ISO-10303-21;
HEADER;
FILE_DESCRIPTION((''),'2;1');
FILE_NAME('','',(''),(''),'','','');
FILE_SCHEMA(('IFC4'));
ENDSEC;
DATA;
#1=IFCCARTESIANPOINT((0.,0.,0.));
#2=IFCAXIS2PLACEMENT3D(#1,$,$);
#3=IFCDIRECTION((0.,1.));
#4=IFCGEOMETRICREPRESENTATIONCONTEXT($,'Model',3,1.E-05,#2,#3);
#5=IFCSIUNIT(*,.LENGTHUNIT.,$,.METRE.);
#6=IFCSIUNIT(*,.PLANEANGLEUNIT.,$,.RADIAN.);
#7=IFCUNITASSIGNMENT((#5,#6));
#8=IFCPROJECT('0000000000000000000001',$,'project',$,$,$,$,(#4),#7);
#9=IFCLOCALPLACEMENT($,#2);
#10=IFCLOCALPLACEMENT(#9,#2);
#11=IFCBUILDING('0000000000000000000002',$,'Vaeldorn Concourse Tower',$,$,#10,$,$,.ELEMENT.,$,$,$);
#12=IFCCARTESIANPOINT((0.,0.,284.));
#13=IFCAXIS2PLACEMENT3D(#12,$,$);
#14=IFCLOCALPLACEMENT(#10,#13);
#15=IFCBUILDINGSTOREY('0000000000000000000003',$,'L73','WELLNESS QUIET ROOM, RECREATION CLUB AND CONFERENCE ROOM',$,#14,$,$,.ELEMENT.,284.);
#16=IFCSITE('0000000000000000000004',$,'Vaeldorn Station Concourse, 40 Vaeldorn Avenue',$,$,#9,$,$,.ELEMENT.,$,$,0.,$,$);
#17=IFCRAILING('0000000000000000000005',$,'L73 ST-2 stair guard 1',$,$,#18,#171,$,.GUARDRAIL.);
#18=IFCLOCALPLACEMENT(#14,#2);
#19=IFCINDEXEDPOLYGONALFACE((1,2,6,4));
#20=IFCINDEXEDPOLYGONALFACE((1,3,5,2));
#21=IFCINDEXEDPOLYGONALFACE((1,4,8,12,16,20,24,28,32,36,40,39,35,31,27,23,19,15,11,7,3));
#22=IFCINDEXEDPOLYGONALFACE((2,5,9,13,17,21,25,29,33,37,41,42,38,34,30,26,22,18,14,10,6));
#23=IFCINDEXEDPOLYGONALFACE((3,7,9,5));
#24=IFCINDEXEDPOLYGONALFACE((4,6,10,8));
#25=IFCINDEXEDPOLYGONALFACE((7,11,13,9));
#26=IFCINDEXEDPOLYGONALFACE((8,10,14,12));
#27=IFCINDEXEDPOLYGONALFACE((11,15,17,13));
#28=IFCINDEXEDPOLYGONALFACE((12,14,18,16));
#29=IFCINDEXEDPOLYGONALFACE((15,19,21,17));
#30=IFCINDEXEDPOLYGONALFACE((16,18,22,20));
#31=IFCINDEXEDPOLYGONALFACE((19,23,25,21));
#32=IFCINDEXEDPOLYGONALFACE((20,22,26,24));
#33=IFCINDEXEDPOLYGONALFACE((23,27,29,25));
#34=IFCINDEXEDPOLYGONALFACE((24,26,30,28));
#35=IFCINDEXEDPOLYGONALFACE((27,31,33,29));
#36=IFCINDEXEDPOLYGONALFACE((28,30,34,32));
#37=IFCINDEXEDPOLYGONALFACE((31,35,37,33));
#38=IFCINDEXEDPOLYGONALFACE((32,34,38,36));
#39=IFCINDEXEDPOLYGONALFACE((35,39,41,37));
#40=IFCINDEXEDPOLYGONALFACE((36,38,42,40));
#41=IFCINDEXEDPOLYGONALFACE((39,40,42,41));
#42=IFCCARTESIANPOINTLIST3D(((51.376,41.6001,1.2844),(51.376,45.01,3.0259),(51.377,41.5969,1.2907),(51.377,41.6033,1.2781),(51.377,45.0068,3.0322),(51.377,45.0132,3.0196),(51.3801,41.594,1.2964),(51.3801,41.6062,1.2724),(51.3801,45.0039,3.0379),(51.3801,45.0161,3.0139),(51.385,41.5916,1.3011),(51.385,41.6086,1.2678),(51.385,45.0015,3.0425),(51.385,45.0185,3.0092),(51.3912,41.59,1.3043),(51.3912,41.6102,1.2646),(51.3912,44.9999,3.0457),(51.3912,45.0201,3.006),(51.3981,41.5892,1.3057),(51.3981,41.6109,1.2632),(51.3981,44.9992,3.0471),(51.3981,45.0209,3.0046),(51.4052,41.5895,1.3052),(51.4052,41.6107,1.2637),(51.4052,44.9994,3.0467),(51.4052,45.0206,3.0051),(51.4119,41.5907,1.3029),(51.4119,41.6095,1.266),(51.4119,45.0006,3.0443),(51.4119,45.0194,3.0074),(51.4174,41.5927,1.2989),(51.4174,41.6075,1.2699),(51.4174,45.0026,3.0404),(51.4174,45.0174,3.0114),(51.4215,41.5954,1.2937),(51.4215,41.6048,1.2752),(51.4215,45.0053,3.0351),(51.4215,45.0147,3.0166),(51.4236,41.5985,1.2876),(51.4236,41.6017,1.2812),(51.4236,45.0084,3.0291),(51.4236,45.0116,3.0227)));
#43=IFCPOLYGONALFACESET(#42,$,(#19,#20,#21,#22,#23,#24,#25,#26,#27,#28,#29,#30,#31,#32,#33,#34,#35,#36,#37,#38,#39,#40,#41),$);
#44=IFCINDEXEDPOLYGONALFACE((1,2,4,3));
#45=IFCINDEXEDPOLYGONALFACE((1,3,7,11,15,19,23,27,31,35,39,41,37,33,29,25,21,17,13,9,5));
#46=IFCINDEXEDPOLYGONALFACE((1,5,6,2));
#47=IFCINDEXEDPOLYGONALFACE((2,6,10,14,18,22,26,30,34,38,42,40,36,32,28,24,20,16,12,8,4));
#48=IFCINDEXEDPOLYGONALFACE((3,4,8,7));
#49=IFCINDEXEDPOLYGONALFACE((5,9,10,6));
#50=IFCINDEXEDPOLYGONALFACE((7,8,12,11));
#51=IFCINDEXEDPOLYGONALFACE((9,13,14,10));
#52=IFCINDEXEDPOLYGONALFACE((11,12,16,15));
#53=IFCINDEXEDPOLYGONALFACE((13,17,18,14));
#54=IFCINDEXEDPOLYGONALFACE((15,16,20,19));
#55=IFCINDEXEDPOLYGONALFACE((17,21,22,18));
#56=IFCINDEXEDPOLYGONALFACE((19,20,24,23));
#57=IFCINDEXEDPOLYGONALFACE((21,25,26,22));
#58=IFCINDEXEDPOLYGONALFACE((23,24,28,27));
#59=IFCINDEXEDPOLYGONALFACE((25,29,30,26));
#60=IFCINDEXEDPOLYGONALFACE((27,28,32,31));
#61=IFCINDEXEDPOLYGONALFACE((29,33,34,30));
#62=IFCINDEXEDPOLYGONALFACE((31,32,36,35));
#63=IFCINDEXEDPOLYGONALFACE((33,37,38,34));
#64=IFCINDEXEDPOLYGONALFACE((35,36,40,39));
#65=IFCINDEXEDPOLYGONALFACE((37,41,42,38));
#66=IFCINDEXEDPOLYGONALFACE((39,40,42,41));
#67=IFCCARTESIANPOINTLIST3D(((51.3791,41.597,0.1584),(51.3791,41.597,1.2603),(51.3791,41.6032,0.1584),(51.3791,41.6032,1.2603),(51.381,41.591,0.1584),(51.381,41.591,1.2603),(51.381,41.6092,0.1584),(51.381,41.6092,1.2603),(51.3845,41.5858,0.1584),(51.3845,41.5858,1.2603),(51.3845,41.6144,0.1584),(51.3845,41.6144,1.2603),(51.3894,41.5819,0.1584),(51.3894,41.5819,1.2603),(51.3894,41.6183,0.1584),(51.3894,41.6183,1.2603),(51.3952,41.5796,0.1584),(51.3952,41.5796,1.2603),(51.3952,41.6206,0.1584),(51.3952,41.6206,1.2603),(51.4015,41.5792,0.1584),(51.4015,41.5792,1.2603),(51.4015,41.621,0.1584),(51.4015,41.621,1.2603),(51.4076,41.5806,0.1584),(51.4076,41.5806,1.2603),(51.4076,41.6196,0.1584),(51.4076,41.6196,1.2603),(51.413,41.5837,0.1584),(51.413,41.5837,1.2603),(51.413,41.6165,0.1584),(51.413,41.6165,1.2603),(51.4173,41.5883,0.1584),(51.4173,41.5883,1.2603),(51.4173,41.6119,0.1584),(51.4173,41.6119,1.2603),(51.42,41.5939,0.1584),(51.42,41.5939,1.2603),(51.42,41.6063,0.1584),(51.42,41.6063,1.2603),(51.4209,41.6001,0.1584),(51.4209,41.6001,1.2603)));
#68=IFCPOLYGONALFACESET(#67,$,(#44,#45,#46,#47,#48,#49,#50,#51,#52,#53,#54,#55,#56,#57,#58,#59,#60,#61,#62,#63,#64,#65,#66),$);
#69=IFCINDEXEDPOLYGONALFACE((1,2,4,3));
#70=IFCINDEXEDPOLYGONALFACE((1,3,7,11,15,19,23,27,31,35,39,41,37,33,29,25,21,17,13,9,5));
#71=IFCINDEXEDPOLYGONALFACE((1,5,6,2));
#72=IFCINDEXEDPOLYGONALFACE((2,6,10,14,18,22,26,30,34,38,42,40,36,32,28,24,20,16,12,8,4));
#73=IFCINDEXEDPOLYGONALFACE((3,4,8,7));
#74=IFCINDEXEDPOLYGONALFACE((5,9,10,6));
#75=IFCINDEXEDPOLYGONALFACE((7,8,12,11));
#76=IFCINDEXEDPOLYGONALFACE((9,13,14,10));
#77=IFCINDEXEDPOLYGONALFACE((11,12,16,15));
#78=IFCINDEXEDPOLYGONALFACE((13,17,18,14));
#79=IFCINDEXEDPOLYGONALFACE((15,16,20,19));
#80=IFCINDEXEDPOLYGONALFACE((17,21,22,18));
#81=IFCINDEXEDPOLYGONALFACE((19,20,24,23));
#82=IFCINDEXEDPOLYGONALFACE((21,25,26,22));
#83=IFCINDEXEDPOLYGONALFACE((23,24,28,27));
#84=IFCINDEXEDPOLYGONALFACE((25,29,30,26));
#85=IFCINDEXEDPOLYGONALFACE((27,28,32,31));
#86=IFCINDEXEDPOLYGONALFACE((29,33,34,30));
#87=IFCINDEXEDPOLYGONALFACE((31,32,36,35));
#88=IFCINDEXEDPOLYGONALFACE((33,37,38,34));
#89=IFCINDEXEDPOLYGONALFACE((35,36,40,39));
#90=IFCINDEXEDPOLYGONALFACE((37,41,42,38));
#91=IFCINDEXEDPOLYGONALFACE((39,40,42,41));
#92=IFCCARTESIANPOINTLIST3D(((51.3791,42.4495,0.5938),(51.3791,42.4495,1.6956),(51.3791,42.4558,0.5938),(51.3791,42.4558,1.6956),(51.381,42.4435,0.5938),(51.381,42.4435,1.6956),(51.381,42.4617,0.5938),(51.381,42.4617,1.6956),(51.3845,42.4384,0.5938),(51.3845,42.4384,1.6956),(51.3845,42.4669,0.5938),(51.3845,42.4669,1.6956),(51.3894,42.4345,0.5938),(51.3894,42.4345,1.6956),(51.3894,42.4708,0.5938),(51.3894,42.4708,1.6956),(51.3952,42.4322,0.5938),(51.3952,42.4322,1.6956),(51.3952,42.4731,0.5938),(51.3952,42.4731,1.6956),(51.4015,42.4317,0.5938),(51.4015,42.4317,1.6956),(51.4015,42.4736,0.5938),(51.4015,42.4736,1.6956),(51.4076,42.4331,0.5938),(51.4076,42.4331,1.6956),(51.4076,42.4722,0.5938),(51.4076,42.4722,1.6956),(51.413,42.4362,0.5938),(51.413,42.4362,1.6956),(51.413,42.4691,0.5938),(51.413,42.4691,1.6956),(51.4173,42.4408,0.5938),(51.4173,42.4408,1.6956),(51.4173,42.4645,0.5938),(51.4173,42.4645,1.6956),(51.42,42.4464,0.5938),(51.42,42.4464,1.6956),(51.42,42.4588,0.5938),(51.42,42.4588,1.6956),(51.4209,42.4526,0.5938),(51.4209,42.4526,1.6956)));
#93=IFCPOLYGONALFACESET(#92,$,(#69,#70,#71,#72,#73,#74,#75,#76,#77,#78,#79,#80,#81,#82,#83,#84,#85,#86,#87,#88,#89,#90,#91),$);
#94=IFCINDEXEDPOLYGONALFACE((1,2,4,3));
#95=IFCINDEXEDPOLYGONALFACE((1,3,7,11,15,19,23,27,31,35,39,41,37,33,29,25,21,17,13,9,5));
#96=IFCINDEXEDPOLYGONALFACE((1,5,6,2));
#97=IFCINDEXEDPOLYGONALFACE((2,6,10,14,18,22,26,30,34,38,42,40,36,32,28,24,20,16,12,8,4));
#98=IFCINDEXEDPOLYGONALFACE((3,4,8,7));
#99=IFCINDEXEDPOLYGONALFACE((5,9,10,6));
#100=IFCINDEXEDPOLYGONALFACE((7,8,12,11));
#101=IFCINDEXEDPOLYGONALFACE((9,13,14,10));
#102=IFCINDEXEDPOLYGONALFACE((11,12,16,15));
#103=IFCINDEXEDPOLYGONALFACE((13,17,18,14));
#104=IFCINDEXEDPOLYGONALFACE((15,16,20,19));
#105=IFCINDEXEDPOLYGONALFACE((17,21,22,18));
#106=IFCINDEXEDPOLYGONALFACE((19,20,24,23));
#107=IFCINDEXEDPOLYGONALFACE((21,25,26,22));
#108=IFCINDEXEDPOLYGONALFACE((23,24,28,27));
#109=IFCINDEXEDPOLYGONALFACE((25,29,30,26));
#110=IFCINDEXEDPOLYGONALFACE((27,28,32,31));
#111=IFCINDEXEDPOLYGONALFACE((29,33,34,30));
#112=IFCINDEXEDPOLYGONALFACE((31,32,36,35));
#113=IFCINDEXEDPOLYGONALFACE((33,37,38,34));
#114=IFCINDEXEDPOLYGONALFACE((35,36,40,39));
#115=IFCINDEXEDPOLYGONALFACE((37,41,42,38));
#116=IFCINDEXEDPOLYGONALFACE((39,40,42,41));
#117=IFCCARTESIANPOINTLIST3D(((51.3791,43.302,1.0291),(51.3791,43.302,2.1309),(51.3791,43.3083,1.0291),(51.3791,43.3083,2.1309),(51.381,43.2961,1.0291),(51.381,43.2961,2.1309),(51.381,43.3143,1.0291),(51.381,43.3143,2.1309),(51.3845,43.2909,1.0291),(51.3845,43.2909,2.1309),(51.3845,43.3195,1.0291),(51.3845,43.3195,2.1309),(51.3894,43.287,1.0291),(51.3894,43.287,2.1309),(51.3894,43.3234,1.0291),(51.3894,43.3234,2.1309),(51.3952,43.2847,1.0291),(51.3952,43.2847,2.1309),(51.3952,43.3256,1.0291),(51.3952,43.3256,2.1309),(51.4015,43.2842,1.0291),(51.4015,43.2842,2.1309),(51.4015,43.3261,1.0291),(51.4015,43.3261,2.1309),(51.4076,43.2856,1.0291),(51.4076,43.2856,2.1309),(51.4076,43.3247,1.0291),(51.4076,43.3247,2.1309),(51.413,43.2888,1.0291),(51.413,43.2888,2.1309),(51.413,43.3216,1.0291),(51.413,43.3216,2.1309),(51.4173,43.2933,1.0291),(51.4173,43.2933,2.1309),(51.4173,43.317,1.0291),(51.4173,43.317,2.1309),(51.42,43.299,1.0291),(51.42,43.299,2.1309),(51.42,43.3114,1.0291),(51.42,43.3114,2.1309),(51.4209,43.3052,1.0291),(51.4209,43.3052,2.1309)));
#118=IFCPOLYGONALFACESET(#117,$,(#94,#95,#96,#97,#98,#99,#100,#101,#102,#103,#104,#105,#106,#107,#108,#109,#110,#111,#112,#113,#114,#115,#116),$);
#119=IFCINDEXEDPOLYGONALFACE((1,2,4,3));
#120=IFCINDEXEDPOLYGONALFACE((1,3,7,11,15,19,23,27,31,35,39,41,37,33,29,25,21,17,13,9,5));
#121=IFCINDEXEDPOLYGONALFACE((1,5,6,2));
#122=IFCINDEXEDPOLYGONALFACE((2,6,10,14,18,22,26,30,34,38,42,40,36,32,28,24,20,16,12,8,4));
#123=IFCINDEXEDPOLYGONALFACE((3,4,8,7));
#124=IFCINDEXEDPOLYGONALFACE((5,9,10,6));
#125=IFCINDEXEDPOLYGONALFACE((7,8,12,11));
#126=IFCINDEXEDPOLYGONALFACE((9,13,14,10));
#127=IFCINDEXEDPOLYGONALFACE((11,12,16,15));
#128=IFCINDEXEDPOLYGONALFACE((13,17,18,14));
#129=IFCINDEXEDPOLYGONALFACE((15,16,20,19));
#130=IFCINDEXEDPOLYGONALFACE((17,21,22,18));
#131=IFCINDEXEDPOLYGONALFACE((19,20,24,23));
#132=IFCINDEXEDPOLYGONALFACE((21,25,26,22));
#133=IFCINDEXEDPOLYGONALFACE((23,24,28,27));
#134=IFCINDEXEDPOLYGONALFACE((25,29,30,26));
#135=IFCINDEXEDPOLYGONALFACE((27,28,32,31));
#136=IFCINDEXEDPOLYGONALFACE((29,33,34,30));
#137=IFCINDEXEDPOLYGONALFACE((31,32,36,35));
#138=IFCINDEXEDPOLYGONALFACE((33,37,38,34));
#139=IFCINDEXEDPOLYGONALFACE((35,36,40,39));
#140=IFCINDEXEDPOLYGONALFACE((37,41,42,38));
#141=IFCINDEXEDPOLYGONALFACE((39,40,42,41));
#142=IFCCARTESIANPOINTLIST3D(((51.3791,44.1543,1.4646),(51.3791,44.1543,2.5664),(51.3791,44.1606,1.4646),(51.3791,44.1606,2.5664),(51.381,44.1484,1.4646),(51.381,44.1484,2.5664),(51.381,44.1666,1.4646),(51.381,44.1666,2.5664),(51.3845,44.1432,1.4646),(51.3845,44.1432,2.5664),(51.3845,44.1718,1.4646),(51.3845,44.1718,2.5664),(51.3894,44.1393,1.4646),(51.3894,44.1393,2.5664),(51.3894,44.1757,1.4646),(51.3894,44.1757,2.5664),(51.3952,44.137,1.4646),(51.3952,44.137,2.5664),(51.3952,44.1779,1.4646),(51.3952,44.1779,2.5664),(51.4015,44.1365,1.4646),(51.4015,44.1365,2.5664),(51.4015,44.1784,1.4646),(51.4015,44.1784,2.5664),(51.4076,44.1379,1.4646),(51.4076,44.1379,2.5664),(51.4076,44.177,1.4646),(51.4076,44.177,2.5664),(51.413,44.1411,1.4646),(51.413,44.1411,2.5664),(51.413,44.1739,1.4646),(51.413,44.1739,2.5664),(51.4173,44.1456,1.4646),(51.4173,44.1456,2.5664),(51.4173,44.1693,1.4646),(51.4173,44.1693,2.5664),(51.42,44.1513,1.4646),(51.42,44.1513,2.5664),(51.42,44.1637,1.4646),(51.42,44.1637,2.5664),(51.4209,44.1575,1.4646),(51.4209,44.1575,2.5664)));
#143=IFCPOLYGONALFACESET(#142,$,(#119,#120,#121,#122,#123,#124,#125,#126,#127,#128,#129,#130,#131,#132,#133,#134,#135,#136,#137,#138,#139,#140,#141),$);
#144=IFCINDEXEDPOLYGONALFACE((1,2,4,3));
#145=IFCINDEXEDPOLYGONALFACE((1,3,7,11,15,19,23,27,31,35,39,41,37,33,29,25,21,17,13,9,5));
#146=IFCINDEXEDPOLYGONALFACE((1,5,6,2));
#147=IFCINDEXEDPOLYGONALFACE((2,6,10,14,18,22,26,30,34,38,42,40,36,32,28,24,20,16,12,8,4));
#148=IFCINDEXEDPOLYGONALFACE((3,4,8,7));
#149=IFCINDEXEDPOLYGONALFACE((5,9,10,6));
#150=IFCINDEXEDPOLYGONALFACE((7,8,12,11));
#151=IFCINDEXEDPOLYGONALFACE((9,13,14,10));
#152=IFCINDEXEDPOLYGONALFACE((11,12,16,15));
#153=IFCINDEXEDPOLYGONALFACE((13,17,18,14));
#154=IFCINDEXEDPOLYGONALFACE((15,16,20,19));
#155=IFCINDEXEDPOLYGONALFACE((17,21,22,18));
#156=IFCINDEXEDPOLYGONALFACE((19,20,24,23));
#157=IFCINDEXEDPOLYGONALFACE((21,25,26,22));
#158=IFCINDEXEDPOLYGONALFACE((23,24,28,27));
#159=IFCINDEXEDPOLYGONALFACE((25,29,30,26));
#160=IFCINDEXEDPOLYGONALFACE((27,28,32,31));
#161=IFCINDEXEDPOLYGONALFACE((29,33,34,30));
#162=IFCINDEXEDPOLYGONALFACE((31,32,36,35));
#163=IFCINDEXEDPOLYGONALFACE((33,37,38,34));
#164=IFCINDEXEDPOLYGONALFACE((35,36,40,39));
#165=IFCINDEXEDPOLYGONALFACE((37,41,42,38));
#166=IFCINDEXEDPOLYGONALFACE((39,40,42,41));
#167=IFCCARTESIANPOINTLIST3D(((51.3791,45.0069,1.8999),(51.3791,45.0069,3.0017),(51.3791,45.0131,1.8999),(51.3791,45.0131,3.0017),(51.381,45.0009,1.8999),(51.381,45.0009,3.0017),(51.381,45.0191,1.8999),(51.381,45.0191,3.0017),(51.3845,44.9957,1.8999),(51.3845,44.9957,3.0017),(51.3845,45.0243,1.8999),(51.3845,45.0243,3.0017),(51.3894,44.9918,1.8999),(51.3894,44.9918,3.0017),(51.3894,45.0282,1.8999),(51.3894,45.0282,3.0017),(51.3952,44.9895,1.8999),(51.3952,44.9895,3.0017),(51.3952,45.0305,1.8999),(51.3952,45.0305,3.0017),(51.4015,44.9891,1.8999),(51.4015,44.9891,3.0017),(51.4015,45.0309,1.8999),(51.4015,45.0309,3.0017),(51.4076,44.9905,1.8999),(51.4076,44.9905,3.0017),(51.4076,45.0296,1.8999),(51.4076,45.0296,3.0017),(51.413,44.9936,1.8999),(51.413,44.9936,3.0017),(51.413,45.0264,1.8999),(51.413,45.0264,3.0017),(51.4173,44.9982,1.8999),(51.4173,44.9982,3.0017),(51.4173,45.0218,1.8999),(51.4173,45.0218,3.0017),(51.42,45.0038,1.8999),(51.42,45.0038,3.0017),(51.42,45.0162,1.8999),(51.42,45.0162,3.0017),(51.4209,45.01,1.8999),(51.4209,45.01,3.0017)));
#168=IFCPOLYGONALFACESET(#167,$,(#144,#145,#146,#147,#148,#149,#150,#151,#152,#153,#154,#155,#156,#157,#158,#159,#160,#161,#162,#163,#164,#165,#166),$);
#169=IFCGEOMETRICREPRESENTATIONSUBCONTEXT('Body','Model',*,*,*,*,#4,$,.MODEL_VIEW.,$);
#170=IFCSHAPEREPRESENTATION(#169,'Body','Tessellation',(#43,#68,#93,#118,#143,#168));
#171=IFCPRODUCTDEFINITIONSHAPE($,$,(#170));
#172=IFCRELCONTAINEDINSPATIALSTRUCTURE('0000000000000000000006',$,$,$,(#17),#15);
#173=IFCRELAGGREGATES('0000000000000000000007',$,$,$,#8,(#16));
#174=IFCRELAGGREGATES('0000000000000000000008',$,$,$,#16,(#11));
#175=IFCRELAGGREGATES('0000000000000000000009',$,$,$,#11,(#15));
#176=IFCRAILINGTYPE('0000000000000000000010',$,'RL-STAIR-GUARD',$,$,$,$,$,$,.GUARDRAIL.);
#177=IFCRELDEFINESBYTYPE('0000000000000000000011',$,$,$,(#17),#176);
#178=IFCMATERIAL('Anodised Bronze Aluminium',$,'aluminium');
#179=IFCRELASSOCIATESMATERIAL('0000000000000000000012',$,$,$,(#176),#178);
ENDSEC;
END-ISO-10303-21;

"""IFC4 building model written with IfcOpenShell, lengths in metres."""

from ifc_helpers import new_model, si_unit, direction, frame, origin, origin_2d, place, context, subcontext, project, spatial, circle, extrude, material, type_object, element, save


model = new_model("IFC4")

# Units and contexts
model_context = context("Model", 3, precision=1e-05, world=origin(), true_north=direction((0.0, 1.0)))
body_context = subcontext(model_context, "Body", "Model", "MODEL_VIEW")
ifc_project = project(units=[si_unit("LENGTHUNIT", "METRE"), si_unit("PLANEANGLEUNIT", "RADIAN")], contexts=[model_context])

# Site, building, storey
site_placement = place(None, origin())
site = spatial("IfcSite", under=ifc_project, at=site_placement, Name="Vaeldorn Station Concourse, 40 Vaeldorn Avenue", CompositionType="ELEMENT", RefElevation=0.0)
building_placement = place(site_placement, origin())
building = spatial("IfcBuilding", under=site, at=building_placement, Name="Vaeldorn Concourse Tower", CompositionType="ELEMENT")
storey_placement = place(building_placement, frame((0.0, 0.0, 284.0)))
storey = spatial("IfcBuildingStorey", under=building, at=storey_placement, Name="L73", Description="WELLNESS QUIET ROOM, RECREATION CLUB AND CONFERENCE ROOM", CompositionType="ELEMENT", Elevation=284.0)

# Shared definitions
ifc_material_1 = material(Name="Anodised Bronze Aluminium", Category="aluminium")

# Railing
railing_type_1 = type_object("IfcRailingType", Name="RL-STAIR-GUARD", PredefinedType="GUARDRAIL", material=ifc_material_1)
railing_1_placement = place(storey_placement, frame((51.3999, 41.6001, 0.1584)))
element("IfcRailing", 1, at=railing_1_placement, inside=storey, type_object=railing_type_1, Name="L73 ST-2 stair guard 1", PredefinedType="GUARDRAIL", context=body_context, shape_type="SweptSolid", body=[
    extrude(circle(Radius=0.0239, at=origin_2d()), frame((0.0, 0.0, 1.126), z_axis=(0.0, 0.890582, 0.454823), x_axis=(-1.0, 0.0, 0.0)), (0.0, 0.0, 1.0), 3.8289),
    extrude(circle(Radius=0.021, at=origin_2d()), origin(), (0.0, 0.0, 1.0), 1.1018),
    extrude(circle(Radius=0.021, at=origin_2d()), frame((0.0, 0.8525, 0.4353)), (0.0, 0.0, 1.0), 1.1018),
    extrude(circle(Radius=0.021, at=origin_2d()), frame((0.0, 1.7051, 0.8706)), (0.0, 0.0, 1.0), 1.1018),
    extrude(circle(Radius=0.021, at=origin_2d()), frame((0.0, 2.5574, 1.3062)), (0.0, 0.0, 1.0), 1.1018),
    extrude(circle(Radius=0.021, at=origin_2d()), frame((0.0, 3.4099, 1.7415)), (0.0, 0.0, 1.0), 1.1018),
])

save(model, "model.ifc")
